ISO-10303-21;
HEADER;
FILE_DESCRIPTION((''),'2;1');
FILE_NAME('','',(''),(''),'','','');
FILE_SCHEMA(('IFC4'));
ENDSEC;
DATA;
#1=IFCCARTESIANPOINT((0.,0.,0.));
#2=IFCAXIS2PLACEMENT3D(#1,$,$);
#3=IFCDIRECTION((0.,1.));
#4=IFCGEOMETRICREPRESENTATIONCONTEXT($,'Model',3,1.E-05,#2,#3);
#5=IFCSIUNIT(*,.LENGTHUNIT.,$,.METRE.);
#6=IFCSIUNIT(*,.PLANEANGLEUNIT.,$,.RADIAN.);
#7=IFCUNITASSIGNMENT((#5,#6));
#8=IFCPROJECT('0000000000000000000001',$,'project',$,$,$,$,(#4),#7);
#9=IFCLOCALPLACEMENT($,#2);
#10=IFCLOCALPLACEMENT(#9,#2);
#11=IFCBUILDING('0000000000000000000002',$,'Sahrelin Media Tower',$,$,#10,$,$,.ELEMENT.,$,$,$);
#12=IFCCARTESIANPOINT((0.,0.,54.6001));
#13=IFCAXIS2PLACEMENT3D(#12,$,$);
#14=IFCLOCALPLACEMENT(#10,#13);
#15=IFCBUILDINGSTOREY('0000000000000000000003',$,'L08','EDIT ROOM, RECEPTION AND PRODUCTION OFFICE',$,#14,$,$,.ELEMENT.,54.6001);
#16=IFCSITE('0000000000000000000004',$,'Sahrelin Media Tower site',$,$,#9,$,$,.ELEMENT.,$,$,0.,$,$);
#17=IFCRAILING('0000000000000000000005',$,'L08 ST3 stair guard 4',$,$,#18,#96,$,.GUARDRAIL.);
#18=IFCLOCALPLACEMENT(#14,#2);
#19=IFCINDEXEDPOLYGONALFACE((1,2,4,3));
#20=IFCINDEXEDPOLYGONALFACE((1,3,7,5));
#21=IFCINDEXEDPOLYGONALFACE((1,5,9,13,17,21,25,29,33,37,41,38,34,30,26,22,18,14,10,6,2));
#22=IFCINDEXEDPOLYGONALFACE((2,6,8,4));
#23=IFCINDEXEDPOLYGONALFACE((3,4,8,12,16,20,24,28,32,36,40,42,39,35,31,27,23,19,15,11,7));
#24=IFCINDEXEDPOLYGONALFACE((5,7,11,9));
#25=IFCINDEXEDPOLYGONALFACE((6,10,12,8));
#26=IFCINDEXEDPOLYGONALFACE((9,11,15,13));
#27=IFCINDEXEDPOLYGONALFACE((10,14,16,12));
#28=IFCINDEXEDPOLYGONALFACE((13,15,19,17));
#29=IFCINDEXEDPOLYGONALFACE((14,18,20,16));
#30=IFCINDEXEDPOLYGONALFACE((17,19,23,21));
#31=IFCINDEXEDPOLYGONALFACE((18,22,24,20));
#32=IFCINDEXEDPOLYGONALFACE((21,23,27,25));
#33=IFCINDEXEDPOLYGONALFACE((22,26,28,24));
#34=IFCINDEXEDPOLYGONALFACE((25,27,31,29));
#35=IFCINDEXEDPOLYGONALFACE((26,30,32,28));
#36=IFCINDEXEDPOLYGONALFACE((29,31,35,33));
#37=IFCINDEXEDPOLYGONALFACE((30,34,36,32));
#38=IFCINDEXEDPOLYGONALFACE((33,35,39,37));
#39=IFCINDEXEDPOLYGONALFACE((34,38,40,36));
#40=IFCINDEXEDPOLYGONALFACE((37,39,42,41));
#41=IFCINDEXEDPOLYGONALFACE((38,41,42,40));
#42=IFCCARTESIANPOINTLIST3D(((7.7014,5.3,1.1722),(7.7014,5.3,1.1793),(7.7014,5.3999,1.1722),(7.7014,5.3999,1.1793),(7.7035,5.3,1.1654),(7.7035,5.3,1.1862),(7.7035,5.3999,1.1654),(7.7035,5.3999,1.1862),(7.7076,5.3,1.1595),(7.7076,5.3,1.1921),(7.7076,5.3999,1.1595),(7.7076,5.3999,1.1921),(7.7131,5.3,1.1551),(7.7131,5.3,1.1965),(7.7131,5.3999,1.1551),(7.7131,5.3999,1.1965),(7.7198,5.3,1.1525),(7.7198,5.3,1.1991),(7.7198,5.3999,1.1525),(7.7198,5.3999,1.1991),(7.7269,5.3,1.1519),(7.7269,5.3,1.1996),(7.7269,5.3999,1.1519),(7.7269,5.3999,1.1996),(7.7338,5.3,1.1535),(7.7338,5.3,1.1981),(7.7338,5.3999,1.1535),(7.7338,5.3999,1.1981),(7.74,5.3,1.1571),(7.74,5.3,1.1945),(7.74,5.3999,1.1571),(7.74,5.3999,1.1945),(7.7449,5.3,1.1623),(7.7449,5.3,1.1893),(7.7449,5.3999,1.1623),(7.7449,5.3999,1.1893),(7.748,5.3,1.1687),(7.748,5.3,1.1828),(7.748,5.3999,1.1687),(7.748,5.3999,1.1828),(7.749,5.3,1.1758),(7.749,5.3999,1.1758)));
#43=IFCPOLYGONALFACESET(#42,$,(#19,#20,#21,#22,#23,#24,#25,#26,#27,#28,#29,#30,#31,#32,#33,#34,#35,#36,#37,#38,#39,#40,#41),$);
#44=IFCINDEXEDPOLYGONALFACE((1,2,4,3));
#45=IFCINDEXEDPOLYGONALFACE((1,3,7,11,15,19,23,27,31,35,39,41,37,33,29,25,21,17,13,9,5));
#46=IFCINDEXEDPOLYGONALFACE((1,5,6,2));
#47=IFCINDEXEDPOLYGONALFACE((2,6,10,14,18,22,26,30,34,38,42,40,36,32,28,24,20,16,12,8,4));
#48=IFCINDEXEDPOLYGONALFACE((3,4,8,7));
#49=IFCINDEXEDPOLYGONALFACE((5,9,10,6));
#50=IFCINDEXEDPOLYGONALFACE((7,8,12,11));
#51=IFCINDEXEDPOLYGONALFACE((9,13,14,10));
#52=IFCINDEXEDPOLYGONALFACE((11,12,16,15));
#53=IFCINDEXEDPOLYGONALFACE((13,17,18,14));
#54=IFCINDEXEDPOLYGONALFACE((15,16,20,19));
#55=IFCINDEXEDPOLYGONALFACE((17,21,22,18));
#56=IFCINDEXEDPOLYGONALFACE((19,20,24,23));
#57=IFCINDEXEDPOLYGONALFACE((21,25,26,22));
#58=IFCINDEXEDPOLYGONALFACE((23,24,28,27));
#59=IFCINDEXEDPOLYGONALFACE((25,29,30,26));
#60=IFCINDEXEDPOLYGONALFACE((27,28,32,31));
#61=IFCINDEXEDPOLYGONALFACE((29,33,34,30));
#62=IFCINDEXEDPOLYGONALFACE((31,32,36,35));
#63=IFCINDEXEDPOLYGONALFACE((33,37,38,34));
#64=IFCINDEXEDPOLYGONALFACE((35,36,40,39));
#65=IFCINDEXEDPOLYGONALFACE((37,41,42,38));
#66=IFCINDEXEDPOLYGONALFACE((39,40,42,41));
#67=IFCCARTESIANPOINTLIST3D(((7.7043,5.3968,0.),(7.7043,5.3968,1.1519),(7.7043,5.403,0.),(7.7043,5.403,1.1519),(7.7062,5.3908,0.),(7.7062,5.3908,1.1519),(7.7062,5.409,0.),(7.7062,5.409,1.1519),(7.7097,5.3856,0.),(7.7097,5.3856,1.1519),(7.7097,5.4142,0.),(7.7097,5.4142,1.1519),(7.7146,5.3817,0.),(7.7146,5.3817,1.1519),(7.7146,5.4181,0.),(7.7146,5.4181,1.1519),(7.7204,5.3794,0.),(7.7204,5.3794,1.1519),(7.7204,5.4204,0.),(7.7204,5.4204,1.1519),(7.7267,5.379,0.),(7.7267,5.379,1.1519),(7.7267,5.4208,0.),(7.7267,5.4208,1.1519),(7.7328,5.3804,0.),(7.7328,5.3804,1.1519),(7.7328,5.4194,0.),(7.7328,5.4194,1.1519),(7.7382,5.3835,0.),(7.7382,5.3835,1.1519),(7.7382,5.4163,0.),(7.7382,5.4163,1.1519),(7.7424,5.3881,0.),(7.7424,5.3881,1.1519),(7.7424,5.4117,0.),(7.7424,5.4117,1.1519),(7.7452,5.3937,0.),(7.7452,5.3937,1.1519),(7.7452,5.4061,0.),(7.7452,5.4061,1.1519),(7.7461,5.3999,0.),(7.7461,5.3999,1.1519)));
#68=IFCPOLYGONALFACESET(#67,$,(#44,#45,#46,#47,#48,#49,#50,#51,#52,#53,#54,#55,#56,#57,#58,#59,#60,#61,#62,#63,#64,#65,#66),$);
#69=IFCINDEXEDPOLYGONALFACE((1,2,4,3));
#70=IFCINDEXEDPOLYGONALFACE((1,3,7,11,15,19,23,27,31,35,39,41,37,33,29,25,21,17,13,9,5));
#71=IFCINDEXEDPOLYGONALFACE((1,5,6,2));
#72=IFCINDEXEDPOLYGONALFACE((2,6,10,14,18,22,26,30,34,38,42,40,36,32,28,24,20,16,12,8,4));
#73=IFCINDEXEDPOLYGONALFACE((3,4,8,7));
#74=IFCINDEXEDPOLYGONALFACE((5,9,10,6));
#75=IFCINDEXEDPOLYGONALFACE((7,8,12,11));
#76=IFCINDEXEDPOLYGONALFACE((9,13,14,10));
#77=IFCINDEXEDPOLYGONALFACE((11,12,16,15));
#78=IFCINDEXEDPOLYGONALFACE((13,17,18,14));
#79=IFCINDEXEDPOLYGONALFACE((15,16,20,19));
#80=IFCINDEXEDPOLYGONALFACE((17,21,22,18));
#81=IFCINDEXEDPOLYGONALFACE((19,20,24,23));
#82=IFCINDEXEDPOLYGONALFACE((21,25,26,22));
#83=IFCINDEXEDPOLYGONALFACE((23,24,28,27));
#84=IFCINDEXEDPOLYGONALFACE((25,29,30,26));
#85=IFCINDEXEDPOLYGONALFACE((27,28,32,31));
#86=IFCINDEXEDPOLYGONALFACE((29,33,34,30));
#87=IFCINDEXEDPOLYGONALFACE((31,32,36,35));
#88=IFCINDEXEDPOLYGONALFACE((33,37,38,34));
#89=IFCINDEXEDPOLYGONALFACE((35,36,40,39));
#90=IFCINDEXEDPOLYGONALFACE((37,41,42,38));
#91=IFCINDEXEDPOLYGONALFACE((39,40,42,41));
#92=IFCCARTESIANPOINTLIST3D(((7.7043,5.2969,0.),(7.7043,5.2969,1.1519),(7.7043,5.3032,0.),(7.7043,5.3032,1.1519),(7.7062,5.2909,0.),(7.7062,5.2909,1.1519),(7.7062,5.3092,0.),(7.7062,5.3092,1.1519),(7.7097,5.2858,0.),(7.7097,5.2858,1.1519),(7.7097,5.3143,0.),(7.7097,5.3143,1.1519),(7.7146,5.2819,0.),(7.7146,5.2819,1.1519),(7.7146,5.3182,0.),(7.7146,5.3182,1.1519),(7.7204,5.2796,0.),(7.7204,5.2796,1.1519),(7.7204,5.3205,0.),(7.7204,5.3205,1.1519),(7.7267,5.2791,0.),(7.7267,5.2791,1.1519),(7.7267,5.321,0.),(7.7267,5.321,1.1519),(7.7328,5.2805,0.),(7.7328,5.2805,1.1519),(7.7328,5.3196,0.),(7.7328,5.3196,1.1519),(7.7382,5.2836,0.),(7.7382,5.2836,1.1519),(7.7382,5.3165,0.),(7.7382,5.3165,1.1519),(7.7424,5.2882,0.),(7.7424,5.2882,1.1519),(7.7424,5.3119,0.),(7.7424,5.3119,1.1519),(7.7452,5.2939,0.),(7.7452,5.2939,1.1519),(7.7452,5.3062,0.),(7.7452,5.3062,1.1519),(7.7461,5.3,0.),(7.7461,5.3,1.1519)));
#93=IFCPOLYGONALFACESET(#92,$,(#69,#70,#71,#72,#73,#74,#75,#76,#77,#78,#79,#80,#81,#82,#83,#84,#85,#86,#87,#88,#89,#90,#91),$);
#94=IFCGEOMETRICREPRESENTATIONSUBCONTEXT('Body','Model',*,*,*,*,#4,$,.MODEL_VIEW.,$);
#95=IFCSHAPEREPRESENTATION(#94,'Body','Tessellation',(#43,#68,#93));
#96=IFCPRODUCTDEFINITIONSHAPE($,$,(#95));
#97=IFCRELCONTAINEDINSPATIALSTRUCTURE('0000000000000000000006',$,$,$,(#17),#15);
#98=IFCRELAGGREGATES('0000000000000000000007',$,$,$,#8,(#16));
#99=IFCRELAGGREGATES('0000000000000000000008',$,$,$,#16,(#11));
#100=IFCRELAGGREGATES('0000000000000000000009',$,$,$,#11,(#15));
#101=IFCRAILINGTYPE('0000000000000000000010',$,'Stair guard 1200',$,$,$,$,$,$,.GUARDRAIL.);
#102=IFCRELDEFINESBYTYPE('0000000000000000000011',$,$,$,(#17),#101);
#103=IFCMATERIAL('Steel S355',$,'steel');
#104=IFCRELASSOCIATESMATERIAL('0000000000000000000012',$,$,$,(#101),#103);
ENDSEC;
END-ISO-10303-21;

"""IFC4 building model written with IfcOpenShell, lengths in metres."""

from ifc_helpers import new_model, si_unit, direction, frame, origin, origin_2d, place, context, subcontext, project, spatial, circle, extrude, material, type_object, element, save


model = new_model("IFC4")

# Units and contexts
model_context = context("Model", 3, precision=1e-05, world=origin(), true_north=direction((0.0, 1.0)))
body_context = subcontext(model_context, "Body", "Model", "MODEL_VIEW")
ifc_project = project(units=[si_unit("LENGTHUNIT", "METRE"), si_unit("PLANEANGLEUNIT", "RADIAN")], contexts=[model_context])

# Site, building, storey
site_placement = place(None, origin())
site = spatial("IfcSite", under=ifc_project, at=site_placement, Name="Sahrelin Media Tower site", CompositionType="ELEMENT", RefElevation=0.0)
building_placement = place(site_placement, origin())
building = spatial("IfcBuilding", under=site, at=building_placement, Name="Sahrelin Media Tower", CompositionType="ELEMENT")
storey_placement = place(building_placement, frame((0.0, 0.0, 54.6001)))
storey = spatial("IfcBuildingStorey", under=building, at=storey_placement, Name="L08", Description="EDIT ROOM, RECEPTION AND PRODUCTION OFFICE", CompositionType="ELEMENT", Elevation=54.6001)

# Shared definitions
ifc_material_1 = material(Name="Steel S355", Category="steel")

# Railing
railing_type_1 = type_object("IfcRailingType", Name="Stair guard 1200", PredefinedType="GUARDRAIL", material=ifc_material_1)
railing_1_placement = place(storey_placement, frame((7.7251, 5.3999, 0.0)))
element("IfcRailing", 1, at=railing_1_placement, inside=storey, type_object=railing_type_1, Name="L08 ST3 stair guard 4", PredefinedType="GUARDRAIL", context=body_context, shape_type="SweptSolid", body=[
    extrude(circle(Radius=0.0239, at=origin_2d()), frame((0.0, 0.0, 1.1758), z_axis=(0.0, -1.0, 0.0), x_axis=(1.0, 0.0, 0.0)), (0.0, 0.0, 1.0), 0.0999),
    extrude(circle(Radius=0.021, at=origin_2d()), origin(), (0.0, 0.0, 1.0), 1.1519),
    extrude(circle(Radius=0.021, at=origin_2d()), frame((0.0, -0.0999, 0.0)), (0.0, 0.0, 1.0), 1.1519),
])

save(model, "model.ifc")
